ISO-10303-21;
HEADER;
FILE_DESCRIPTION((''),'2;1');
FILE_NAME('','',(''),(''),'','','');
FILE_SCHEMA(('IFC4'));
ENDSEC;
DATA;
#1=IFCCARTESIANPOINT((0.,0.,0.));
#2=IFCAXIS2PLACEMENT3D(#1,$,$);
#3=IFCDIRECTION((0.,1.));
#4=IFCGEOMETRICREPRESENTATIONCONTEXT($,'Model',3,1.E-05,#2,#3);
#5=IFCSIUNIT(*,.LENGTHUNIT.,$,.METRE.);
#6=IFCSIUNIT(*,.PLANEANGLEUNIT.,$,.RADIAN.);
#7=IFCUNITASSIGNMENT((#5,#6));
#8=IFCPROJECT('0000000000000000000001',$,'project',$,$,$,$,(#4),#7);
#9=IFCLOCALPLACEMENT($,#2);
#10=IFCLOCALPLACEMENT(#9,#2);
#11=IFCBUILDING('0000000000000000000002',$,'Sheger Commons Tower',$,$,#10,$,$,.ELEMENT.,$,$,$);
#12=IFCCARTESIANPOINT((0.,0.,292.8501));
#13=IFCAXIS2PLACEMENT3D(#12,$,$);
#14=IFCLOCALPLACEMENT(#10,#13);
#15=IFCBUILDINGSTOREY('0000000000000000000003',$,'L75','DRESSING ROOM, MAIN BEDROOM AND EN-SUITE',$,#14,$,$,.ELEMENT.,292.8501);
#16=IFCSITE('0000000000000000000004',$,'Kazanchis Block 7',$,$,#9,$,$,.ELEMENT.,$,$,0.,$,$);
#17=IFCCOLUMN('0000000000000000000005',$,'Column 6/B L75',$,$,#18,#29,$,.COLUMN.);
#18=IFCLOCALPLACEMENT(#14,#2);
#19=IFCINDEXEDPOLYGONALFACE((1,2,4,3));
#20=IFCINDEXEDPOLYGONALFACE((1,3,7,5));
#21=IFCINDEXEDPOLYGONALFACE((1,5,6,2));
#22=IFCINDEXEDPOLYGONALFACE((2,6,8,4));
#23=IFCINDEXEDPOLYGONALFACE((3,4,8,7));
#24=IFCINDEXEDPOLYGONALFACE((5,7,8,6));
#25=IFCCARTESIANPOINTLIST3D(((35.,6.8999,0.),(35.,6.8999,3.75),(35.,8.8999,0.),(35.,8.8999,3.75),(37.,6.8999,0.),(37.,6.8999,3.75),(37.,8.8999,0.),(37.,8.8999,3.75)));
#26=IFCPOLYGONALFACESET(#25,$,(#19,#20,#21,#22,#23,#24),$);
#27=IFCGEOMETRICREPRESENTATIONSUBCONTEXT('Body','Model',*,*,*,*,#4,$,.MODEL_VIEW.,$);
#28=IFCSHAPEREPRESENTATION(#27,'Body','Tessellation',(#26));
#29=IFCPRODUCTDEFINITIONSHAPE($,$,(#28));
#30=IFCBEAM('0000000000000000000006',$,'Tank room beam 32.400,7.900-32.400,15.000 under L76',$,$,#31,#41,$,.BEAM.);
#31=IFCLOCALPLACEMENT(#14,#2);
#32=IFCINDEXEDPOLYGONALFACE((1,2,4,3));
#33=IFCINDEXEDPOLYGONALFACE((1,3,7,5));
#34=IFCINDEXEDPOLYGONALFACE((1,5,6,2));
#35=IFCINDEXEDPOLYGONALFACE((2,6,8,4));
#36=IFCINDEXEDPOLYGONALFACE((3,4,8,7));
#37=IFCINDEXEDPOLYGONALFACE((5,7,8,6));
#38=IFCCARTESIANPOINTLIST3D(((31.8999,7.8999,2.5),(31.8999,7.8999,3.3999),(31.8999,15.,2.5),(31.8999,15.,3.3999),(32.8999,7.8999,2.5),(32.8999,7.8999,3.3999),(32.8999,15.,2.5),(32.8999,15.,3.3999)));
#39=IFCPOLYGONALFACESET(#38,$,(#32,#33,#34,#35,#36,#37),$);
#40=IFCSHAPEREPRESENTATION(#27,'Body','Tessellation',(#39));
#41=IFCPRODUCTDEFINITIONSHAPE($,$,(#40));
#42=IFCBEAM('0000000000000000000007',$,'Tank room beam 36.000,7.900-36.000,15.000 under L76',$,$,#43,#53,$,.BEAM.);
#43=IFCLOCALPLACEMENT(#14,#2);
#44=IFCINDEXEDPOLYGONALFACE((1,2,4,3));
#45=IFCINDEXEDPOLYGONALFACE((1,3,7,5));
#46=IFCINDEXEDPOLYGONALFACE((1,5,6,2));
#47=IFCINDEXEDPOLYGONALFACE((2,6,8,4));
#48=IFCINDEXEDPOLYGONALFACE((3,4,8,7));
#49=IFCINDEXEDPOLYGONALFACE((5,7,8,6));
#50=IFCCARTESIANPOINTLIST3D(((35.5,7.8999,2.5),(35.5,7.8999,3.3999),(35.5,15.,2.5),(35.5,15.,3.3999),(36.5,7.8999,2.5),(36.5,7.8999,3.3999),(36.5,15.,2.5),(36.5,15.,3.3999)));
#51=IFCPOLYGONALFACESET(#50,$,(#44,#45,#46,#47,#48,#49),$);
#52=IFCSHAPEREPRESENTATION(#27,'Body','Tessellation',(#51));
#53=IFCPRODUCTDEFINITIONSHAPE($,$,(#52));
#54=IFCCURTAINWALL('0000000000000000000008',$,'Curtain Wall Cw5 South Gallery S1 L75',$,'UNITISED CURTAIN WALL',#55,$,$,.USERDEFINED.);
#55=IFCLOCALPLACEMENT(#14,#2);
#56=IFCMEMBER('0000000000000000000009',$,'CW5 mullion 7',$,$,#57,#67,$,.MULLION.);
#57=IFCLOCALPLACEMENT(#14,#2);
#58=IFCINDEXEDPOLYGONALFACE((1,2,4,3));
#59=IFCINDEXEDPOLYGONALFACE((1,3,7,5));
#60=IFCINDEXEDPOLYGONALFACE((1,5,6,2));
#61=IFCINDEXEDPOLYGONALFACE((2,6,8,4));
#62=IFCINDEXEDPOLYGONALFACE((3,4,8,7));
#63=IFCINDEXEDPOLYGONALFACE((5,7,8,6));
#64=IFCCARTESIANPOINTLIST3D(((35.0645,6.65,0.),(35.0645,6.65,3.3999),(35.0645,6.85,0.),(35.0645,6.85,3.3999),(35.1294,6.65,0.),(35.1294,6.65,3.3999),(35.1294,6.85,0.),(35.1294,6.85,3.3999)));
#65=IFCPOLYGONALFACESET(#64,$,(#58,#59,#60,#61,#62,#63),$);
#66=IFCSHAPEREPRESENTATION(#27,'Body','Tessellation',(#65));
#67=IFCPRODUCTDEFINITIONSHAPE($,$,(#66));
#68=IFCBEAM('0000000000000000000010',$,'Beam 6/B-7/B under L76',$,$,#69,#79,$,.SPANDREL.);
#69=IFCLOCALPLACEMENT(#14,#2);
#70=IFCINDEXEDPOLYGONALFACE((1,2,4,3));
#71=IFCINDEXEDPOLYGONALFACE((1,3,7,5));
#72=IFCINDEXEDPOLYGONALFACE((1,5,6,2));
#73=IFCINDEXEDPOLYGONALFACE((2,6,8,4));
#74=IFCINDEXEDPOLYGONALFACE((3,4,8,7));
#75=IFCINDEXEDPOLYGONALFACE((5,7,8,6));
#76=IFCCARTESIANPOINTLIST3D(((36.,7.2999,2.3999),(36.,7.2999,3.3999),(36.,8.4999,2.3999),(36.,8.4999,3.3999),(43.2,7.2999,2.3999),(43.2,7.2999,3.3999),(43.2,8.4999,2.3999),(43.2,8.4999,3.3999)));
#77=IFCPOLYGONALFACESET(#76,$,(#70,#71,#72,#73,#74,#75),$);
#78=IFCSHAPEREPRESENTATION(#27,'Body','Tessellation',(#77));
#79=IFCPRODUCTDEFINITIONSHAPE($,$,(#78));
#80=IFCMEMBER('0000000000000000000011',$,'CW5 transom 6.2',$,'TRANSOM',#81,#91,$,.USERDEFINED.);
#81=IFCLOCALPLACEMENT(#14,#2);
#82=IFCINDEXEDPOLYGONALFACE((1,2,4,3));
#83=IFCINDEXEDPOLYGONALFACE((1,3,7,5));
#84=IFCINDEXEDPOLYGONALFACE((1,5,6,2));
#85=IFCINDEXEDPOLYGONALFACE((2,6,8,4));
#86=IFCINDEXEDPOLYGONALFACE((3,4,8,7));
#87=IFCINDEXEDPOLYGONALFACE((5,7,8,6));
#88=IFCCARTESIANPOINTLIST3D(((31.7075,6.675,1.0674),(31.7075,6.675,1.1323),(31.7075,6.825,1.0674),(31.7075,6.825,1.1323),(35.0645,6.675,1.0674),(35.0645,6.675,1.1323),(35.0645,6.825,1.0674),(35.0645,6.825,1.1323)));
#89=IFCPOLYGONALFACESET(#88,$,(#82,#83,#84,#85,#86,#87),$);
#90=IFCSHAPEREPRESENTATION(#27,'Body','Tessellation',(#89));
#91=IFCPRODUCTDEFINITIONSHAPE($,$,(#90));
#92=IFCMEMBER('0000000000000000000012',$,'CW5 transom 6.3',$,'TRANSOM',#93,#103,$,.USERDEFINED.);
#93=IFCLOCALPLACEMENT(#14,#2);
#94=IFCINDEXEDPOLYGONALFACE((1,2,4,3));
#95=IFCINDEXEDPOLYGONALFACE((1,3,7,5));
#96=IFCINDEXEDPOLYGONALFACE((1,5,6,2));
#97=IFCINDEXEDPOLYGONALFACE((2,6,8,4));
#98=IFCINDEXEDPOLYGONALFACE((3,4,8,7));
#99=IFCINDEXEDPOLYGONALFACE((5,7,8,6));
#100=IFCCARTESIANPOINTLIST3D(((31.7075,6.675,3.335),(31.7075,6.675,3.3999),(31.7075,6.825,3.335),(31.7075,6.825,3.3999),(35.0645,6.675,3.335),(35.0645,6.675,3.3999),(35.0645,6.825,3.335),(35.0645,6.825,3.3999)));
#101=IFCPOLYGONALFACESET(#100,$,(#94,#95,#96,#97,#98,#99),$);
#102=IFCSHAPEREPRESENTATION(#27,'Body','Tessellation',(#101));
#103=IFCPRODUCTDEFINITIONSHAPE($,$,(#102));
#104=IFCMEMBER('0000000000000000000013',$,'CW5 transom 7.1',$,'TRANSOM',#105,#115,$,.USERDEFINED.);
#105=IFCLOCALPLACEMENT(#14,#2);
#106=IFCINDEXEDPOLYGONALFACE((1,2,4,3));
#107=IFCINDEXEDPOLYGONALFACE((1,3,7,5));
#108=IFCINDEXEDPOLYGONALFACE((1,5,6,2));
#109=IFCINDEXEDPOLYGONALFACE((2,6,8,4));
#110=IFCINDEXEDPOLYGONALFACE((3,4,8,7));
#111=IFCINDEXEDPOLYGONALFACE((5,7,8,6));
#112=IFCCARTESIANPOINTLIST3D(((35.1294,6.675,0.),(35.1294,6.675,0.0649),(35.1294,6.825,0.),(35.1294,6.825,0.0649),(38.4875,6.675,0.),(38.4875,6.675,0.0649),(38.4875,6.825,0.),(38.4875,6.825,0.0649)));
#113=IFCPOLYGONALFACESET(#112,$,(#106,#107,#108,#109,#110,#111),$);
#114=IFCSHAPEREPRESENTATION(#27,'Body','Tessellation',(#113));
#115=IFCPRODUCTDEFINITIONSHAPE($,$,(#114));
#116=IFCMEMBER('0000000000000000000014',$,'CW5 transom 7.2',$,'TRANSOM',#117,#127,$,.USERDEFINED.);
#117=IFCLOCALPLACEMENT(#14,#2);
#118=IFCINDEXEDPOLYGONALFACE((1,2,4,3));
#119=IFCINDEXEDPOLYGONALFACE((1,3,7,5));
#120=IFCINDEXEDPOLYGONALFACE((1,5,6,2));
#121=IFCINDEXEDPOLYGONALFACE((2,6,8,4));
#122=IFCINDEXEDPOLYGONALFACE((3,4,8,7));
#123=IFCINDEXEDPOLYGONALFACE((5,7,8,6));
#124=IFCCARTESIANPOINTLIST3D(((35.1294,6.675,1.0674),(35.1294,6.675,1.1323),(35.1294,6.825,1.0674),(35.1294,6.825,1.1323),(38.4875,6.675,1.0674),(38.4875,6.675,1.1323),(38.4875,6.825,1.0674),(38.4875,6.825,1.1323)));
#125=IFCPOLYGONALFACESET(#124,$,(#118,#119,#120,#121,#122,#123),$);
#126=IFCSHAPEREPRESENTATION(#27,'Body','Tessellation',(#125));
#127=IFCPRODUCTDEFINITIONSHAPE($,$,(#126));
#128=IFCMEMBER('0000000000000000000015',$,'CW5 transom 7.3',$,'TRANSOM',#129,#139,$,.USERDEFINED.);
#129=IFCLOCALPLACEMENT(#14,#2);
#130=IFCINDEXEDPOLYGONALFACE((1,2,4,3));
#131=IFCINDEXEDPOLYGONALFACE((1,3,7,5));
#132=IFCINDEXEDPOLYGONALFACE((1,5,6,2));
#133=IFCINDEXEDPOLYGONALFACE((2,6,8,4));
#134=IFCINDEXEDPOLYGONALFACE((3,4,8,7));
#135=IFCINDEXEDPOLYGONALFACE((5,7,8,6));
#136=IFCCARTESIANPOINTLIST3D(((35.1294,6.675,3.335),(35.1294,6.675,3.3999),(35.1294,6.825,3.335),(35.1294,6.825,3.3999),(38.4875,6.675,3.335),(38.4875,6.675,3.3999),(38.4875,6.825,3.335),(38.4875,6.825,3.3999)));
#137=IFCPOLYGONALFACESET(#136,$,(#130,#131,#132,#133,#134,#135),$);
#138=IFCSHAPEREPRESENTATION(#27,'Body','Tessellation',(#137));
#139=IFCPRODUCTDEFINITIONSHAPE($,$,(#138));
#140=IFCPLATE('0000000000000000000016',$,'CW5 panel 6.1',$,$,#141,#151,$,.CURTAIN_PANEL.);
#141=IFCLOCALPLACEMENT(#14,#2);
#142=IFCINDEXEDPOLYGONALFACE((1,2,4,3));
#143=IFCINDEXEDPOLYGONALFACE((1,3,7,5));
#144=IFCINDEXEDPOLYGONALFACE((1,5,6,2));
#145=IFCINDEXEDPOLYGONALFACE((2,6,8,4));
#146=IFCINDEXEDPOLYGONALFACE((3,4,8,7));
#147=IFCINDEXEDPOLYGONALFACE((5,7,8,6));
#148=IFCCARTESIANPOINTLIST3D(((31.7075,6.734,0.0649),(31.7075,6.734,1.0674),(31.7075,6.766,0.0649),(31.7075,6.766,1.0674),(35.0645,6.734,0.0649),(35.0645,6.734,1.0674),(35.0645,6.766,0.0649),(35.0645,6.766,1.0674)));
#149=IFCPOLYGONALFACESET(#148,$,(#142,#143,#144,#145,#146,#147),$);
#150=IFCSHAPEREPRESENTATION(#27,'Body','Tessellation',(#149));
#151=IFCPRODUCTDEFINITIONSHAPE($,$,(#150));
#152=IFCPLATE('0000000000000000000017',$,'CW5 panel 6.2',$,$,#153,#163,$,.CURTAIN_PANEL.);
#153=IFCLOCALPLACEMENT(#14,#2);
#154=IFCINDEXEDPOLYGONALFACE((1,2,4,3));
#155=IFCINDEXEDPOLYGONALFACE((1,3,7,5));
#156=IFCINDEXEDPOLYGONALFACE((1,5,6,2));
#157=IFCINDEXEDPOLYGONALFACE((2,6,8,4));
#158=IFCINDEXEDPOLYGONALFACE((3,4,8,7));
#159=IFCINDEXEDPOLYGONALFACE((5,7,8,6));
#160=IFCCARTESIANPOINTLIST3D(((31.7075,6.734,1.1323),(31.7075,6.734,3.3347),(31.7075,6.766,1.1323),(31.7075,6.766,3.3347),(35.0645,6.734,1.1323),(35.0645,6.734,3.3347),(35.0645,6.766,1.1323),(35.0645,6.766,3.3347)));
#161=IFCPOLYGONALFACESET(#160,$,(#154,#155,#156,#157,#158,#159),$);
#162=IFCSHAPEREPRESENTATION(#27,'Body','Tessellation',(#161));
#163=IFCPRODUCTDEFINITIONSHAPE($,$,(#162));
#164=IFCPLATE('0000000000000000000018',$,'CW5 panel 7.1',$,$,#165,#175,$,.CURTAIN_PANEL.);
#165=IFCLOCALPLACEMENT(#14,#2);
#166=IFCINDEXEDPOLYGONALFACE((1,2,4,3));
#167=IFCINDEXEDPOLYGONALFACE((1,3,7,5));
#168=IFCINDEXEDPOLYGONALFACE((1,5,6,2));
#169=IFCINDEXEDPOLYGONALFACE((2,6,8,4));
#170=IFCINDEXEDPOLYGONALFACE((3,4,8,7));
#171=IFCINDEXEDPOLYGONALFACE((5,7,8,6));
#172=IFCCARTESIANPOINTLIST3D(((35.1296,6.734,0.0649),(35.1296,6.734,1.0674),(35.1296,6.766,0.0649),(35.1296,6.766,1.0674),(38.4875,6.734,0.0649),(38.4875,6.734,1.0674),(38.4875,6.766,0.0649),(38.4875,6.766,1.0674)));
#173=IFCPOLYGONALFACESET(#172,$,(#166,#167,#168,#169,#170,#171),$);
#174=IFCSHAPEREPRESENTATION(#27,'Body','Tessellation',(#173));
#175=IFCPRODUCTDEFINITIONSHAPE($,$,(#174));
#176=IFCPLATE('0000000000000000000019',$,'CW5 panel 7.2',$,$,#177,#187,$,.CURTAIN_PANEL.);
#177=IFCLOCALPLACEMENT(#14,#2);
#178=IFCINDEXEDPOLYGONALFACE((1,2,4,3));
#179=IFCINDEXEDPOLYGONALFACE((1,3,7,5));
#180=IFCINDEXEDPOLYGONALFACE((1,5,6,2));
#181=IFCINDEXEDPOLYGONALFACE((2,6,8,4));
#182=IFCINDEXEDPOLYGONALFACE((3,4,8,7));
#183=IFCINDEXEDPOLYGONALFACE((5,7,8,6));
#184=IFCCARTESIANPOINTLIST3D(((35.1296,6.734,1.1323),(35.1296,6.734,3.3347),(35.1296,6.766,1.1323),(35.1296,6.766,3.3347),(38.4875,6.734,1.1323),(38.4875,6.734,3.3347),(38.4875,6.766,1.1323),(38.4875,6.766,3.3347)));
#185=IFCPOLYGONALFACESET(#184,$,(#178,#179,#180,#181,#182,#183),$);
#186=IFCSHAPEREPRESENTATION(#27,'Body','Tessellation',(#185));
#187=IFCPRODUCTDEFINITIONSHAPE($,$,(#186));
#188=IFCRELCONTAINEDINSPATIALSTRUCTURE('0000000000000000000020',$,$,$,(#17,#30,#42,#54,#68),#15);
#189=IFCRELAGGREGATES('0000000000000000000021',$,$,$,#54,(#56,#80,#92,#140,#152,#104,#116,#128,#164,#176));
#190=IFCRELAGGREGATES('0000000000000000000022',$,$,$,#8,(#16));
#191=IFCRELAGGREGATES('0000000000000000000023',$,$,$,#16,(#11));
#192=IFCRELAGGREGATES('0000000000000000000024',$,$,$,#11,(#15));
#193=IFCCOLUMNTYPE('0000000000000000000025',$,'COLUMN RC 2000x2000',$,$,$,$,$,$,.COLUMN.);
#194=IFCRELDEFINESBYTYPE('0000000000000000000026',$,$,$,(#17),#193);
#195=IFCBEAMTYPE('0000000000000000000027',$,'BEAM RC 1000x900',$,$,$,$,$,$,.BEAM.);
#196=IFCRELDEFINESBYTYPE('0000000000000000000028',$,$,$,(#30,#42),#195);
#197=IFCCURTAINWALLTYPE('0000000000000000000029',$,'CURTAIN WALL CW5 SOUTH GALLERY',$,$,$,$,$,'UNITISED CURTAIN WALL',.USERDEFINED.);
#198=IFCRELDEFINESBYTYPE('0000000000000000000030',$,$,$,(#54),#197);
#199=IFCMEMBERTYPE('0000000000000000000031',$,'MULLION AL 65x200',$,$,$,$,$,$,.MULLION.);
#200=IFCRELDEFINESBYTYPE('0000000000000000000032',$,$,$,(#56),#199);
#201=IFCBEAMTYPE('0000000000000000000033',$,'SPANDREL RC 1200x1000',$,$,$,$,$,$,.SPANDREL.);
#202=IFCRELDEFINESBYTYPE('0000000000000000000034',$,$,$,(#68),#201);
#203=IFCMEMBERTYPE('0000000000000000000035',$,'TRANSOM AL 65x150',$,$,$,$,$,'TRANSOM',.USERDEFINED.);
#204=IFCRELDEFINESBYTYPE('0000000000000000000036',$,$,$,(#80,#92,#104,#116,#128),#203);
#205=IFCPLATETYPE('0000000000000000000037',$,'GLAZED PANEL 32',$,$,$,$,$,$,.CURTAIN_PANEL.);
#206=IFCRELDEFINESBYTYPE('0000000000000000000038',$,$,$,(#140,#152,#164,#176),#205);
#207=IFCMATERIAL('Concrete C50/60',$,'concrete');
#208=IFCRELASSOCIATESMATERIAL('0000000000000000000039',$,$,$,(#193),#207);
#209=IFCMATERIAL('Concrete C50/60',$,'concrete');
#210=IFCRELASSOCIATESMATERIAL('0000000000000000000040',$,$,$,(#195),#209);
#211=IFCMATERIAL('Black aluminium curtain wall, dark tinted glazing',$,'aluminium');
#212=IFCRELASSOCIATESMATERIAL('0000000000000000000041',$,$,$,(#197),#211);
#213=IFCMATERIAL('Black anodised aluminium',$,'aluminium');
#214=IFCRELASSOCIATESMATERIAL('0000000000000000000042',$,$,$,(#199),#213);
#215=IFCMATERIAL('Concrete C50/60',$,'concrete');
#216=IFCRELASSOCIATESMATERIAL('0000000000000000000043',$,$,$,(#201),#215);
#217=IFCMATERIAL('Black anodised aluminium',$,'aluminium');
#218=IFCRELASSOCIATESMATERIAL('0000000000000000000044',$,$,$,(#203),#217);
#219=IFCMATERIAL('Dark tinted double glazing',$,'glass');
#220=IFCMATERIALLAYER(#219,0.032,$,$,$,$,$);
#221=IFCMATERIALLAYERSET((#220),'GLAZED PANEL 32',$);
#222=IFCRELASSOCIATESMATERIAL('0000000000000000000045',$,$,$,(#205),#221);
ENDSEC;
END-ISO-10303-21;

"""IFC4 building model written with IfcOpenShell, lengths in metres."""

from ifc_helpers import new_model, si_unit, direction, frame, origin, origin_2d, place, context, subcontext, project, spatial, rectangle, extrude, material, layer, layer_set, material_profile, profile_set, type_object, element, aggregate, save


model = new_model("IFC4")

# Units and contexts
model_context = context("Model", 3, precision=1e-05, world=origin(), true_north=direction((0.0, 1.0)))
body_context = subcontext(model_context, "Body", "Model", "MODEL_VIEW")
ifc_project = project(units=[si_unit("LENGTHUNIT", "METRE"), si_unit("PLANEANGLEUNIT", "RADIAN")], contexts=[model_context])

# Site, building, storey
site_placement = place(None, origin())
site = spatial("IfcSite", under=ifc_project, at=site_placement, Name="Kazanchis Block 7", CompositionType="ELEMENT", RefElevation=0.0)
building_placement = place(site_placement, origin())
building = spatial("IfcBuilding", under=site, at=building_placement, Name="Sheger Commons Tower", CompositionType="ELEMENT")
storey_placement = place(building_placement, frame((0.0, 0.0, 292.8501)))
storey = spatial("IfcBuildingStorey", under=building, at=storey_placement, Name="L75", Description="DRESSING ROOM, MAIN BEDROOM AND EN-SUITE", CompositionType="ELEMENT", Elevation=292.8501)

# Column
ifc_material_1 = material(Name="Concrete C50/60", Category="concrete")
ifc_material_profile_1 = material_profile(ifc_material_1, rectangle(XDim=2.0, YDim=2.0, at=origin_2d()), Name="RC 2000x2000")
ifc_profile_set_1 = profile_set([ifc_material_profile_1], Name="Concrete C50/60")
column_type = type_object("IfcColumnType", Name="COLUMN RC 2000x2000", PredefinedType="COLUMN", material=ifc_profile_set_1)
column_placement = place(storey_placement, frame((36.0, 7.8999, 0.0), z_axis=(0.0, 0.0, 1.0), x_axis=(1.0, 0.0, 0.0)))
element("IfcColumn", 1, at=column_placement, inside=storey, type_object=column_type, Name="Column 6/B L75", PredefinedType="COLUMN", context=body_context, shape_type="SweptSolid", body=[
    extrude(rectangle(XDim=2.0, YDim=2.0, at=origin_2d()), origin(), (0.0, 0.0, 1.0), 3.75),
])

# Beams
ifc_material_2 = material(Name="Concrete C50/60", Category="concrete")
ifc_material_profile_2 = material_profile(ifc_material_2, rectangle(XDim=1.0, YDim=0.8999, at=origin_2d()), Name="RC 1000x900")
ifc_profile_set_2 = profile_set([ifc_material_profile_2], Name="Concrete C50/60")
beam_type_1 = type_object("IfcBeamType", Name="BEAM RC 1000x900", PredefinedType="BEAM", material=ifc_profile_set_2)
for number, where, z_axis, x_axis, name in (
    (2, (32.3999, 7.8999, 2.95), (0.0, 1.0, 0.0), (-1.0, 0.0, 0.0), "Tank room beam 32.400,7.900-32.400,15.000 under L76"),
    (3, (36.0, 7.8999, 2.95), (0.0, 1.0, 0.0), (-1.0, 0.0, 0.0), "Tank room beam 36.000,7.900-36.000,15.000 under L76"),
):
    element("IfcBeam", number, at=place(storey_placement, frame(where, z_axis=z_axis, x_axis=x_axis)), inside=storey, type_object=beam_type_1, Name=name, PredefinedType="BEAM", context=body_context, shape_type="SweptSolid", body=[
        extrude(rectangle(XDim=1.0, YDim=0.8999, at=origin_2d()), origin(), (0.0, 0.0, 1.0), 7.1001),
    ])

# Curtain wall, member
ifc_material_3 = material(Name="Black aluminium curtain wall, dark tinted glazing", Category="aluminium")
curtain_wall_type = type_object("IfcCurtainWallType", Name="CURTAIN WALL CW5 SOUTH GALLERY", ElementType="UNITISED CURTAIN WALL", PredefinedType="USERDEFINED", material=ifc_material_3)
curtain_wall_placement = place(storey_placement, origin())
curtain_wall = element("IfcCurtainWall", 4, at=curtain_wall_placement, inside=storey, type_object=curtain_wall_type, Name="Curtain Wall Cw5 South Gallery S1 L75", ObjectType="UNITISED CURTAIN WALL", PredefinedType="USERDEFINED")
ifc_material_4 = material(Name="Black anodised aluminium", Category="aluminium")
ifc_material_profile_3 = material_profile(ifc_material_4, rectangle(XDim=0.2, YDim=0.0649, at=origin_2d()), Name="AL 65x200")
ifc_profile_set_3 = profile_set([ifc_material_profile_3], Name="Black anodised aluminium")
member_type_1 = type_object("IfcMemberType", Name="MULLION AL 65x200", PredefinedType="MULLION", material=ifc_profile_set_3)
member_1_placement = place(storey_placement, frame((35.0969, 6.75, 0.0), z_axis=(0.0, 0.0, 1.0), x_axis=(0.0, 1.0, 0.0)))
member_1 = element("IfcMember", 5, at=member_1_placement, type_object=member_type_1, Name="CW5 mullion 7", PredefinedType="MULLION", context=body_context, shape_type="SweptSolid", body=[
    extrude(rectangle(XDim=0.2, YDim=0.0649, at=origin_2d()), origin(), (0.0, 0.0, 1.0), 3.3999),
])

# Beam
ifc_material_5 = material(Name="Concrete C50/60", Category="concrete")
ifc_material_profile_4 = material_profile(ifc_material_5, rectangle(XDim=1.2, YDim=1.0, at=origin_2d()), Name="RC 1200x1000")
ifc_profile_set_4 = profile_set([ifc_material_profile_4], Name="Concrete C50/60")
beam_type_2 = type_object("IfcBeamType", Name="SPANDREL RC 1200x1000", PredefinedType="SPANDREL", material=ifc_profile_set_4)
beam_placement = place(storey_placement, frame((36.0, 7.8999, 2.8999), z_axis=(1.0, 0.0, 0.0), x_axis=(0.0, 1.0, 0.0)))
element("IfcBeam", 6, at=beam_placement, inside=storey, type_object=beam_type_2, Name="Beam 6/B-7/B under L76", PredefinedType="SPANDREL", context=body_context, shape_type="SweptSolid", body=[
    extrude(rectangle(XDim=1.2, YDim=1.0, at=origin_2d()), origin(), (0.0, 0.0, 1.0), 7.2),
])

# Members
ifc_material_6 = material(Name="Black anodised aluminium", Category="aluminium")
ifc_material_profile_5 = material_profile(ifc_material_6, rectangle(XDim=0.1499, YDim=0.0649, at=origin_2d()), Name="AL 65x150")
ifc_profile_set_5 = profile_set([ifc_material_profile_5], Name="Black anodised aluminium")
member_type_2 = type_object("IfcMemberType", Name="TRANSOM AL 65x150", ElementType="TRANSOM", PredefinedType="USERDEFINED", material=ifc_profile_set_5)
member_2_placement = place(storey_placement, frame((31.7075, 6.75, 1.0999), z_axis=(1.0, 0.0, 0.0), x_axis=(0.0, 1.0, 0.0)))
member_2 = element("IfcMember", 7, at=member_2_placement, type_object=member_type_2, Name="CW5 transom 6.2", ObjectType="TRANSOM", PredefinedType="USERDEFINED", context=body_context, shape_type="SweptSolid", body=[
    extrude(rectangle(XDim=0.1499, YDim=0.0649, at=origin_2d()), origin(), (0.0, 0.0, 1.0), 3.3569),
])
member_3_placement = place(storey_placement, frame((31.7075, 6.75, 3.3674), z_axis=(1.0, 0.0, 0.0), x_axis=(0.0, 1.0, 0.0)))
member_3 = element("IfcMember", 8, at=member_3_placement, type_object=member_type_2, Name="CW5 transom 6.3", ObjectType="TRANSOM", PredefinedType="USERDEFINED", context=body_context, shape_type="SweptSolid", body=[
    extrude(rectangle(XDim=0.1499, YDim=0.0649, at=origin_2d()), origin(), (0.0, 0.0, 1.0), 3.3569),
])
member_4_placement = place(storey_placement, frame((35.1294, 6.75, 0.0325), z_axis=(1.0, 0.0, 0.0), x_axis=(0.0, 1.0, 0.0)))
member_4 = element("IfcMember", 9, at=member_4_placement, type_object=member_type_2, Name="CW5 transom 7.1", ObjectType="TRANSOM", PredefinedType="USERDEFINED", context=body_context, shape_type="SweptSolid", body=[
    extrude(rectangle(XDim=0.1499, YDim=0.0649, at=origin_2d()), origin(), (0.0, 0.0, 1.0), 3.3582),
])
member_5_placement = place(storey_placement, frame((35.1294, 6.75, 1.0999), z_axis=(1.0, 0.0, 0.0), x_axis=(0.0, 1.0, 0.0)))
member_5 = element("IfcMember", 10, at=member_5_placement, type_object=member_type_2, Name="CW5 transom 7.2", ObjectType="TRANSOM", PredefinedType="USERDEFINED", context=body_context, shape_type="SweptSolid", body=[
    extrude(rectangle(XDim=0.1499, YDim=0.0649, at=origin_2d()), origin(), (0.0, 0.0, 1.0), 3.3582),
])
member_6_placement = place(storey_placement, frame((35.1294, 6.75, 3.3674), z_axis=(1.0, 0.0, 0.0), x_axis=(0.0, 1.0, 0.0)))
member_6 = element("IfcMember", 11, at=member_6_placement, type_object=member_type_2, Name="CW5 transom 7.3", ObjectType="TRANSOM", PredefinedType="USERDEFINED", context=body_context, shape_type="SweptSolid", body=[
    extrude(rectangle(XDim=0.1499, YDim=0.0649, at=origin_2d()), origin(), (0.0, 0.0, 1.0), 3.3582),
])

# Plates
ifc_material_7 = material(Name="Dark tinted double glazing", Category="glass")
ifc_layer_1 = layer(ifc_material_7, 0.032)
ifc_layer_set_1 = layer_set([ifc_layer_1], Name="GLAZED PANEL 32")
plate_type_1 = type_object("IfcPlateType", Name="GLAZED PANEL 32", PredefinedType="CURTAIN_PANEL", material=ifc_layer_set_1)
plate_1_placement = place(storey_placement, frame((33.386, 6.75, 0.0649), z_axis=(0.0, 0.0, 1.0), x_axis=(1.0, 0.0, 0.0)))
plate_1 = element("IfcPlate", 12, at=plate_1_placement, type_object=plate_type_1, Name="CW5 panel 6.1", PredefinedType="CURTAIN_PANEL", context=body_context, shape_type="SweptSolid", body=[
    extrude(rectangle(XDim=3.3569, YDim=0.032, at=origin_2d()), origin(), (0.0, 0.0, 1.0), 1.0024),
])
plate_2_placement = place(storey_placement, frame((33.386, 6.75, 1.1323), z_axis=(0.0, 0.0, 1.0), x_axis=(1.0, 0.0, 0.0)))
plate_2 = element("IfcPlate", 13, at=plate_2_placement, type_object=plate_type_1, Name="CW5 panel 6.2", PredefinedType="CURTAIN_PANEL", context=body_context, shape_type="SweptSolid", body=[
    extrude(rectangle(XDim=3.3569, YDim=0.032, at=origin_2d()), origin(), (0.0, 0.0, 1.0), 2.2024),
])
plate_3_placement = place(storey_placement, frame((36.8086, 6.75, 0.0649), z_axis=(0.0, 0.0, 1.0), x_axis=(1.0, 0.0, 0.0)))
plate_3 = element("IfcPlate", 14, at=plate_3_placement, type_object=plate_type_1, Name="CW5 panel 7.1", PredefinedType="CURTAIN_PANEL", context=body_context, shape_type="SweptSolid", body=[
    extrude(rectangle(XDim=3.3579, YDim=0.032, at=origin_2d()), origin(), (0.0, 0.0, 1.0), 1.0024),
])
plate_4_placement = place(storey_placement, frame((36.8086, 6.75, 1.1323), z_axis=(0.0, 0.0, 1.0), x_axis=(1.0, 0.0, 0.0)))
plate_4 = element("IfcPlate", 15, at=plate_4_placement, type_object=plate_type_1, Name="CW5 panel 7.2", PredefinedType="CURTAIN_PANEL", context=body_context, shape_type="SweptSolid", body=[
    extrude(rectangle(XDim=3.3579, YDim=0.032, at=origin_2d()), origin(), (0.0, 0.0, 1.0), 2.2024),
])
aggregate(curtain_wall, [member_1, member_2, member_3, plate_1, plate_2, member_4, member_5, member_6, plate_3, plate_4])

save(model, "model.ifc")
